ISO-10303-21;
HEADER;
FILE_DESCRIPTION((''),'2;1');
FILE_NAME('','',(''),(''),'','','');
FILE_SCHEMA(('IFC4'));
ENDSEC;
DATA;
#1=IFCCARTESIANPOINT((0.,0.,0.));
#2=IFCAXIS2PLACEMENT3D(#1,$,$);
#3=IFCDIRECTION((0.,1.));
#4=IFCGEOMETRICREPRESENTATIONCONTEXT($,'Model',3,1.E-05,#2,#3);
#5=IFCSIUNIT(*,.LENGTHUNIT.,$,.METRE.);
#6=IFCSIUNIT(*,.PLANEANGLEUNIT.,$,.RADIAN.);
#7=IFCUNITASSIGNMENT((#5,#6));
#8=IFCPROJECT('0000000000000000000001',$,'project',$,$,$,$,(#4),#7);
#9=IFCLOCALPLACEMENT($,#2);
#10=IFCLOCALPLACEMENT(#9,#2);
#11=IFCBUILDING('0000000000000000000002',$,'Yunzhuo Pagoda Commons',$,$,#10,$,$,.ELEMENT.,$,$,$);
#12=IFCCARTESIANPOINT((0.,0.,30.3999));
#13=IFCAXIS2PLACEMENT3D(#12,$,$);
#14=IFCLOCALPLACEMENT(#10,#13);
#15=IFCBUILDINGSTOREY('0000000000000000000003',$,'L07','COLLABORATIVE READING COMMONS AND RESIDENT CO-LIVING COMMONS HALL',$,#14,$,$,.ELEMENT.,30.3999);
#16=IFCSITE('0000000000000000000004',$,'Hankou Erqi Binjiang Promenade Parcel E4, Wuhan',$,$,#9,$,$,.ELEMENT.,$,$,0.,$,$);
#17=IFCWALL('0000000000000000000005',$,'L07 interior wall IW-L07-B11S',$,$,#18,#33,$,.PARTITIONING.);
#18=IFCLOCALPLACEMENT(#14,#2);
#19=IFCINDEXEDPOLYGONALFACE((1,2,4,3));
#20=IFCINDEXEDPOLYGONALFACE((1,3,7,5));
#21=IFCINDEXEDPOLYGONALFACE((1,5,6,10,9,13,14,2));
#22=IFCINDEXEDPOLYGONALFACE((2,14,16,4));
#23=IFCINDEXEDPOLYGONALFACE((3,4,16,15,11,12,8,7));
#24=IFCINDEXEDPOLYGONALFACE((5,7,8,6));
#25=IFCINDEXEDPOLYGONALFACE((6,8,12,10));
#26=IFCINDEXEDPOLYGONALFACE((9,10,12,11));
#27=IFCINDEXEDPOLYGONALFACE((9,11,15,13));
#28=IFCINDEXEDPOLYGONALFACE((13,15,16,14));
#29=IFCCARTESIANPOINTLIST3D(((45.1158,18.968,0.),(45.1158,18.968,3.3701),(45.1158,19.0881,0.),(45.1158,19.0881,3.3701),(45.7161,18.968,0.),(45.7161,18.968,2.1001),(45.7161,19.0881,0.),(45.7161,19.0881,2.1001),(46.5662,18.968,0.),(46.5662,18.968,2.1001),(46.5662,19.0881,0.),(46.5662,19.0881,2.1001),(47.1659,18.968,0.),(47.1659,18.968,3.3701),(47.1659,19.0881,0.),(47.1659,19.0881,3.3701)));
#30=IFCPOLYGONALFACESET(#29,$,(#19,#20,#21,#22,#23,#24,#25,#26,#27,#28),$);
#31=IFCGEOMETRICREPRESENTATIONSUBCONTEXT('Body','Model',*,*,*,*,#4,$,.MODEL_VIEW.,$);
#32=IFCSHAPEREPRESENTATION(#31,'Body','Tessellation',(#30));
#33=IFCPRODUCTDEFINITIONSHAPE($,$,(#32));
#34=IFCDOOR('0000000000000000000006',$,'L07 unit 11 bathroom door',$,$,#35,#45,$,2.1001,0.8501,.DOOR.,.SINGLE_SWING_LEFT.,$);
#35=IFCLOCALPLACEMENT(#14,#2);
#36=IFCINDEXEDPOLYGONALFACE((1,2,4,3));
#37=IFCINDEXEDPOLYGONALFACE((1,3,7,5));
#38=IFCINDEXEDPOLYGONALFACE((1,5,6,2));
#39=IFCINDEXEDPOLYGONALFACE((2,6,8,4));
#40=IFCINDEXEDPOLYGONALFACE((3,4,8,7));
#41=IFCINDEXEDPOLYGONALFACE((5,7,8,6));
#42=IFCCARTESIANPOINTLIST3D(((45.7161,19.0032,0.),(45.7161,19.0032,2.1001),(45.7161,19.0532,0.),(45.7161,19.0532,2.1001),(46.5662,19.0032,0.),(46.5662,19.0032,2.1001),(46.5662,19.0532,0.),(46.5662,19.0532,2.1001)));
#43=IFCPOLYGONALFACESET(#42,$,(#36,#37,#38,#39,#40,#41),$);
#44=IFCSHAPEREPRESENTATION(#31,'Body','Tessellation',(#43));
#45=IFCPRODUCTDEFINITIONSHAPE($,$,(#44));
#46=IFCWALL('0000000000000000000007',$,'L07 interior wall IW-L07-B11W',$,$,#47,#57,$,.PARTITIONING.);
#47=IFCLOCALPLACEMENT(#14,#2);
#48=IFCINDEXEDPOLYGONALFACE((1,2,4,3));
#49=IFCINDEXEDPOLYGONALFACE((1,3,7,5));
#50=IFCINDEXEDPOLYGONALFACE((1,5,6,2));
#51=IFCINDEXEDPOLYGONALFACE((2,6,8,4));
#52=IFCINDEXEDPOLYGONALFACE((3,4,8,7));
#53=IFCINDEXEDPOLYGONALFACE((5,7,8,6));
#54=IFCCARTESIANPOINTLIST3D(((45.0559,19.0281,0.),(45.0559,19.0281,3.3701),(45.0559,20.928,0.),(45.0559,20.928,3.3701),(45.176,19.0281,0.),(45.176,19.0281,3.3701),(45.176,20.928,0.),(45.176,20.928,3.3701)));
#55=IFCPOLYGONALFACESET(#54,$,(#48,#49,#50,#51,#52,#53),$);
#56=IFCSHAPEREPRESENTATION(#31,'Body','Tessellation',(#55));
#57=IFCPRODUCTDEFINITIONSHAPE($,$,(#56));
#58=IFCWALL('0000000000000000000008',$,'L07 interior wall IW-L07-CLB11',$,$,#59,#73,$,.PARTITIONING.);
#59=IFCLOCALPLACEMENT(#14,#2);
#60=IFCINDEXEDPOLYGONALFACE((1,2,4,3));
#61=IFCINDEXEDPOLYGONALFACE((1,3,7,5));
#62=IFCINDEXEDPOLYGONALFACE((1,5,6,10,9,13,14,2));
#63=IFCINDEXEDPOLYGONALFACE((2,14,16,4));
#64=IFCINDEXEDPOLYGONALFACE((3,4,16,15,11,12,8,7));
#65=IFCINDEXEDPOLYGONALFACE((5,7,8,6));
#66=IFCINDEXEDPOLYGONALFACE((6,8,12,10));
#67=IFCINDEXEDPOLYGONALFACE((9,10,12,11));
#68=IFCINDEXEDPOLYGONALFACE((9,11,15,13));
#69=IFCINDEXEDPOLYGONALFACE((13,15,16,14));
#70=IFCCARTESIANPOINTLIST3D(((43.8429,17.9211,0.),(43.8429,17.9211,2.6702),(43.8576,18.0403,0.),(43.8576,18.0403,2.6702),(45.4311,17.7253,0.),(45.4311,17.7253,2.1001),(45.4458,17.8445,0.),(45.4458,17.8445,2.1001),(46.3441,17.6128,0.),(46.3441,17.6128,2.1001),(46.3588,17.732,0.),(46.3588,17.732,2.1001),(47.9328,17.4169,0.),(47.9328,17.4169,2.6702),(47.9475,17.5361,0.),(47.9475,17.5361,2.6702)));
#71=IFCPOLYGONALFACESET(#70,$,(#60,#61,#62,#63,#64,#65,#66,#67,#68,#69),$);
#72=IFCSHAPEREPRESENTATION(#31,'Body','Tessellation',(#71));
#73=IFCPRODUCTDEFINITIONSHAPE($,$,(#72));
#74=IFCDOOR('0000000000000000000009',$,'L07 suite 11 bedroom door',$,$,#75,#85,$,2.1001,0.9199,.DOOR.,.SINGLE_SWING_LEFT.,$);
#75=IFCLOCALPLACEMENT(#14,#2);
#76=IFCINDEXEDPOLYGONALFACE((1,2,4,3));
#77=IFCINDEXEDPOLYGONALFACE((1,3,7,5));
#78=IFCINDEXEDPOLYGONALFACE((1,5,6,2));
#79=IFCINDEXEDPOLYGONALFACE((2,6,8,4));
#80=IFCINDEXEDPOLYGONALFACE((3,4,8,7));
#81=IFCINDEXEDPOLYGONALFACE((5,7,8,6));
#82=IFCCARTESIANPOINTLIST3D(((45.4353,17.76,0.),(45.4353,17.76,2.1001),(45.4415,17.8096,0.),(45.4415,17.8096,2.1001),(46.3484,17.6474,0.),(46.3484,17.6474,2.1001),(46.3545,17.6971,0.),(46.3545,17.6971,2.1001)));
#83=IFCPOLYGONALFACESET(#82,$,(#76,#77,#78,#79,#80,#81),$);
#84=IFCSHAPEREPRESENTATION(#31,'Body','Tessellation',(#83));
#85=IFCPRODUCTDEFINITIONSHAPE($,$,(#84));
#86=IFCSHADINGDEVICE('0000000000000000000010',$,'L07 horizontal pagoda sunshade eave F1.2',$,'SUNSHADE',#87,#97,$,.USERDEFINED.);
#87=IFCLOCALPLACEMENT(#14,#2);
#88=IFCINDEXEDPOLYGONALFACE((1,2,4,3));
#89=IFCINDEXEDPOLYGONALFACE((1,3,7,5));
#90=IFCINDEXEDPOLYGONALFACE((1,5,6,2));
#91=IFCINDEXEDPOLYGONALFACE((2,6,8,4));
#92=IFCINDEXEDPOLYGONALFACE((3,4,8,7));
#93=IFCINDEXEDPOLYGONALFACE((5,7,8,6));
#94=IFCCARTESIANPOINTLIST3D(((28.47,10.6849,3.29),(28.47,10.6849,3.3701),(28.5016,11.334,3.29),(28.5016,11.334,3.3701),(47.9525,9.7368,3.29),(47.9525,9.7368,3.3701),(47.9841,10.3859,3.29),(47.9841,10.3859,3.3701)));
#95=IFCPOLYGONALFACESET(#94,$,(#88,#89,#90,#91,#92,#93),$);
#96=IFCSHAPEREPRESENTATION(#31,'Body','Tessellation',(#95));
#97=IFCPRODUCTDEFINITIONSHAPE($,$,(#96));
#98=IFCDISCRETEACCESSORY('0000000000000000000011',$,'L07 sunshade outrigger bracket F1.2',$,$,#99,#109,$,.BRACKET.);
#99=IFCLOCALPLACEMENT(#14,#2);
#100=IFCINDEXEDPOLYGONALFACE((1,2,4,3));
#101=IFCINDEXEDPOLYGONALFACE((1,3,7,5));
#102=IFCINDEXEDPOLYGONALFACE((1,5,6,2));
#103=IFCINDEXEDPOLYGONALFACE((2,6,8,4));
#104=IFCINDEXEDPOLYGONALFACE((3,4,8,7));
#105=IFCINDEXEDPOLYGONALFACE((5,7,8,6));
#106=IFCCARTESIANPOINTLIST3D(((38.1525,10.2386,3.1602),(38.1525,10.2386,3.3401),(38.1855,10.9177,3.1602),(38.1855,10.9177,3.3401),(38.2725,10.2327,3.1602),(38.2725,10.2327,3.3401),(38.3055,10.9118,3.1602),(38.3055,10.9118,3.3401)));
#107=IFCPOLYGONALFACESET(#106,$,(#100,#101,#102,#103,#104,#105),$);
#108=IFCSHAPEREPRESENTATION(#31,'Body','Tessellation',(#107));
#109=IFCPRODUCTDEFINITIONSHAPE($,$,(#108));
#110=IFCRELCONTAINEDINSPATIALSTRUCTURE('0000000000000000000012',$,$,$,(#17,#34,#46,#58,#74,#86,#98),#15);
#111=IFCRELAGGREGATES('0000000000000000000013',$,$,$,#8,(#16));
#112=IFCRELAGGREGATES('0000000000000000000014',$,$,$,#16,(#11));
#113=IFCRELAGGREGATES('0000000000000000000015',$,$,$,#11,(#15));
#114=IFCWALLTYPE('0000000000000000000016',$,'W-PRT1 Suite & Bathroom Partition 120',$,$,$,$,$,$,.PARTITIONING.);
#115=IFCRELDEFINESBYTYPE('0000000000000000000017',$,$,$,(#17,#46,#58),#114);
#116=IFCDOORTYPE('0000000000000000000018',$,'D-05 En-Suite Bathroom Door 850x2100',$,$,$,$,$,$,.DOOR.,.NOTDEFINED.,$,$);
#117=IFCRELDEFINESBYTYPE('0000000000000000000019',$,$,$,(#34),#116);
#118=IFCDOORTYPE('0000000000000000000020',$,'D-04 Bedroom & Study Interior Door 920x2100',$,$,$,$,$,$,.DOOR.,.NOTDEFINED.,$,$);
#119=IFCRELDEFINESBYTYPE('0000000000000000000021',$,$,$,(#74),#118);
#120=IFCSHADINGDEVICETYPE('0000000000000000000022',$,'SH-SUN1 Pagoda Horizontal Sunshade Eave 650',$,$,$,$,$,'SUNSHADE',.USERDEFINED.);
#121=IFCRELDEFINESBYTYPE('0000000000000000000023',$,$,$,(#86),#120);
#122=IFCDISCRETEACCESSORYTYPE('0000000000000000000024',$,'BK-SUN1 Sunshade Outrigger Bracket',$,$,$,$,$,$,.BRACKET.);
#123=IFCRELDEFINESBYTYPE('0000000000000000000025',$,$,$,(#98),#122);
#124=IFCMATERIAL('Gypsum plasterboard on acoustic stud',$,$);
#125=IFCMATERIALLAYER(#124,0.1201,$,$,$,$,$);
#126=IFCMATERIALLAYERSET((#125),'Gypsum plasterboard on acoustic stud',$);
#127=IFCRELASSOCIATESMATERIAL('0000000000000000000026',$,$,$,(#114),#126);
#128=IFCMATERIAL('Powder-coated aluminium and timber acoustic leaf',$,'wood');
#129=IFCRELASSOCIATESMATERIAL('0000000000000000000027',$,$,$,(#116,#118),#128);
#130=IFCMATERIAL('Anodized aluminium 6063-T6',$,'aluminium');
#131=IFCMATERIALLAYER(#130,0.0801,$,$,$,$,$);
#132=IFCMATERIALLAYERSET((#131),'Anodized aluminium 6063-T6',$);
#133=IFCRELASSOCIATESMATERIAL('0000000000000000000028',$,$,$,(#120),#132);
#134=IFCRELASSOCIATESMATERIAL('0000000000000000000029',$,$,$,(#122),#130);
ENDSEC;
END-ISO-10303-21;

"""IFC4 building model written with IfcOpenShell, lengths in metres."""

from ifc_helpers import new_model, si_unit, direction, frame, frame_2d, origin, origin_with_axes, origin_2d, place, context, subcontext, project, spatial, rectangle, extrude, source, transform, mapped, material, layer, layer_set, type_object, element, fill, save


model = new_model("IFC4")

# Units and contexts
model_context = context("Model", 3, precision=1e-05, world=origin(), true_north=direction((0.0, 1.0)))
body_context = subcontext(model_context, "Body", "Model", "MODEL_VIEW")
ifc_project = project(units=[si_unit("LENGTHUNIT", "METRE"), si_unit("PLANEANGLEUNIT", "RADIAN")], contexts=[model_context])

# Site, building, storey
site_placement = place(None, origin())
site = spatial("IfcSite", under=ifc_project, at=site_placement, Name="Hankou Erqi Binjiang Promenade Parcel E4, Wuhan", CompositionType="ELEMENT", RefElevation=0.0)
building_placement = place(site_placement, origin())
building = spatial("IfcBuilding", under=site, at=building_placement, Name="Yunzhuo Pagoda Commons", CompositionType="ELEMENT")
storey_placement = place(building_placement, frame((0.0, 0.0, 30.3999)))
storey = spatial("IfcBuildingStorey", under=building, at=storey_placement, Name="L07", Description="COLLABORATIVE READING COMMONS AND RESIDENT CO-LIVING COMMONS HALL", CompositionType="ELEMENT", Elevation=30.3999)

# Shared definitions
ifc_material_1 = material(Name="Anodized aluminium 6063-T6", Category="aluminium")

# Shared definitions
ifc_material_2 = material(Name="Gypsum plasterboard on acoustic stud")

# Wall, opening, door
ifc_layer_1 = layer(ifc_material_2, 0.1201)
ifc_layer_set_1 = layer_set([ifc_layer_1], Name="Gypsum plasterboard on acoustic stud")
wall_type_1 = type_object("IfcWallType", Name="W-PRT1 Suite & Bathroom Partition 120", PredefinedType="PARTITIONING", material=ifc_layer_set_1)
wall_1_placement = place(storey_placement, frame((45.116, 19.0281, 0.0), z_axis=(0.0, 0.0, 1.0), x_axis=(1.0, 0.0, 0.0)))
wall_1 = element("IfcWall", 1, at=wall_1_placement, inside=storey, type_object=wall_type_1, Name="L07 interior wall IW-L07-B11S", PredefinedType="PARTITIONING", context=body_context, shape_type="SweptSolid", body=[
    extrude(rectangle(XDim=2.05, YDim=0.1201, at=frame_2d((1.0249, 0.0))), origin(), (0.0, 0.0, 1.0), 3.3701),
])
opening_1_placement = place(wall_1_placement, frame((0.6001, 0.0, 0.0)))
opening_1 = element("IfcOpeningElement", 2, at=opening_1_placement, cuts=wall_1, PredefinedType="OPENING", context=body_context, shape_type="SweptSolid", body=[
    extrude(rectangle(XDim=0.8501, YDim=2.1001, at=frame_2d((0.425, 1.05))), frame((0.0, 0.0701, 0.0), z_axis=(0.0, -1.0, 0.0), x_axis=(1.0, 0.0, 0.0)), (0.0, 0.0, 1.0), 0.1401),
])
ifc_material_3 = material(Name="Powder-coated aluminium and timber acoustic leaf", Category="wood")
door_type_1 = type_object("IfcDoorType", Name="D-05 En-Suite Bathroom Door 850x2100", OperationType="NOTDEFINED", PredefinedType="DOOR", material=ifc_material_3)
shared_shape_1 = source(origin(), body_context, "Body", "SweptSolid", [
    extrude(rectangle(XDim=0.8501, YDim=2.1001, at=frame_2d((0.425, 1.05))), frame((0.0, 0.0249, 0.0), z_axis=(0.0, -1.0, 0.0), x_axis=(1.0, 0.0, 0.0)), (0.0, 0.0, 1.0), 0.05),
])
door_1_placement = place(opening_1_placement, frame((0.8501, 0.0, 0.0), z_axis=(0.0, 0.0, 1.0), x_axis=(-1.0, 0.0, 0.0)))
door_1 = element("IfcDoor", 3, at=door_1_placement, inside=storey, type_object=door_type_1, Name="L07 unit 11 bathroom door", OperationType="SINGLE_SWING_LEFT", OverallHeight=2.1001, OverallWidth=0.8501, PredefinedType="DOOR", context=body_context, shape_type="MappedRepresentation", body=[
    mapped(shared_shape_1, transform((0.0, 0.0, 0.0), scale=1.0)),
])
fill(opening_1, door_1)

# Wall
wall_2_placement = place(storey_placement, frame((45.116, 20.928, 0.0), z_axis=(0.0, 0.0, 1.0), x_axis=(0.0, -1.0, 0.0)))
element("IfcWall", 4, at=wall_2_placement, inside=storey, type_object=wall_type_1, Name="L07 interior wall IW-L07-B11W", PredefinedType="PARTITIONING", context=body_context, shape_type="SweptSolid", body=[
    extrude(rectangle(XDim=1.8999, YDim=0.1201, at=frame_2d((0.95, 0.0))), origin(), (0.0, 0.0, 1.0), 3.3701),
])

# Wall, opening, door
wall_3_placement = place(storey_placement, frame((43.8501, 17.9807, 0.0), z_axis=(0.0, 0.0, 1.0), x_axis=(0.992488, -0.122343, 0.0)))
wall_3 = element("IfcWall", 5, at=wall_3_placement, inside=storey, type_object=wall_type_1, Name="L07 interior wall IW-L07-CLB11", PredefinedType="PARTITIONING", context=body_context, shape_type="SweptSolid", body=[
    extrude(rectangle(XDim=4.1208, YDim=0.1201, at=frame_2d((2.0605, 0.0))), origin(), (0.0, 0.0, 1.0), 2.6702),
])
opening_2_placement = place(wall_3_placement, frame((1.6003, 0.0, 0.0)))
opening_2 = element("IfcOpeningElement", 6, at=opening_2_placement, cuts=wall_3, PredefinedType="OPENING", context=body_context, shape_type="SweptSolid", body=[
    extrude(rectangle(XDim=0.9199, YDim=2.1001, at=frame_2d((0.46, 1.05))), frame((0.0, 0.0701, 0.0), z_axis=(0.0, -1.0, 0.0), x_axis=(1.0, 0.0, 0.0)), (0.0, 0.0, 1.0), 0.1401),
])
door_type_2 = type_object("IfcDoorType", Name="D-04 Bedroom & Study Interior Door 920x2100", OperationType="NOTDEFINED", PredefinedType="DOOR", material=ifc_material_3)
shared_shape_2 = source(origin(), body_context, "Body", "SweptSolid", [
    extrude(rectangle(XDim=0.9199, YDim=2.1001, at=frame_2d((0.46, 1.05))), frame((0.0, 0.0249, 0.0), z_axis=(0.0, -1.0, 0.0), x_axis=(1.0, 0.0, 0.0)), (0.0, 0.0, 1.0), 0.05),
])
door_2_placement = place(opening_2_placement, origin_with_axes())
door_2 = element("IfcDoor", 7, at=door_2_placement, inside=storey, type_object=door_type_2, Name="L07 suite 11 bedroom door", OperationType="SINGLE_SWING_LEFT", OverallHeight=2.1001, OverallWidth=0.9199, PredefinedType="DOOR", context=body_context, shape_type="MappedRepresentation", body=[
    mapped(shared_shape_2, transform((0.0, 0.0, 0.0), scale=1.0)),
])
fill(opening_2, door_2)

# Shading device
ifc_layer_2 = layer(ifc_material_1, 0.0801)
ifc_layer_set_2 = layer_set([ifc_layer_2], Name="Anodized aluminium 6063-T6")
shading_device_type = type_object("IfcShadingDeviceType", Name="SH-SUN1 Pagoda Horizontal Sunshade Eave 650", ElementType="SUNSHADE", PredefinedType="USERDEFINED", material=ifc_layer_set_2)
shared_shape_3 = source(origin(), body_context, "Body", "SweptSolid", [
    extrude(rectangle(XDim=19.5056, YDim=0.6499, at=origin_2d()), origin(), (0.0, 0.0, 1.0), 0.0801),
])
shading_device_placement = place(storey_placement, frame((38.2271, 10.5354, 3.29), z_axis=(0.0, 0.0, 1.0), x_axis=(0.998818, -0.048606, 0.0)))
element("IfcShadingDevice", 8, at=shading_device_placement, inside=storey, type_object=shading_device_type, Name="L07 horizontal pagoda sunshade eave F1.2", ObjectType="SUNSHADE", PredefinedType="USERDEFINED", context=body_context, shape_type="MappedRepresentation", body=[
    mapped(shared_shape_3, transform((0.0, 0.0, 0.0), scale=1.0)),
])

# Discrete accessory
discrete_accessory_type = type_object("IfcDiscreteAccessoryType", Name="BK-SUN1 Sunshade Outrigger Bracket", PredefinedType="BRACKET", material=ifc_material_1)
shared_shape_4 = source(origin(), body_context, "Body", "SweptSolid", [
    extrude(rectangle(XDim=0.1201, YDim=0.6799, at=origin_2d()), origin(), (0.0, 0.0, 1.0), 0.1799),
])
discrete_accessory_placement = place(storey_placement, frame((38.229, 10.5752, 3.1602), z_axis=(0.0, 0.0, 1.0), x_axis=(0.998818, -0.048606, 0.0)))
element("IfcDiscreteAccessory", 9, at=discrete_accessory_placement, inside=storey, type_object=discrete_accessory_type, Name="L07 sunshade outrigger bracket F1.2", PredefinedType="BRACKET", context=body_context, shape_type="MappedRepresentation", body=[
    mapped(shared_shape_4, transform((0.0, 0.0, 0.0), scale=1.0)),
])

save(model, "model.ifc")
